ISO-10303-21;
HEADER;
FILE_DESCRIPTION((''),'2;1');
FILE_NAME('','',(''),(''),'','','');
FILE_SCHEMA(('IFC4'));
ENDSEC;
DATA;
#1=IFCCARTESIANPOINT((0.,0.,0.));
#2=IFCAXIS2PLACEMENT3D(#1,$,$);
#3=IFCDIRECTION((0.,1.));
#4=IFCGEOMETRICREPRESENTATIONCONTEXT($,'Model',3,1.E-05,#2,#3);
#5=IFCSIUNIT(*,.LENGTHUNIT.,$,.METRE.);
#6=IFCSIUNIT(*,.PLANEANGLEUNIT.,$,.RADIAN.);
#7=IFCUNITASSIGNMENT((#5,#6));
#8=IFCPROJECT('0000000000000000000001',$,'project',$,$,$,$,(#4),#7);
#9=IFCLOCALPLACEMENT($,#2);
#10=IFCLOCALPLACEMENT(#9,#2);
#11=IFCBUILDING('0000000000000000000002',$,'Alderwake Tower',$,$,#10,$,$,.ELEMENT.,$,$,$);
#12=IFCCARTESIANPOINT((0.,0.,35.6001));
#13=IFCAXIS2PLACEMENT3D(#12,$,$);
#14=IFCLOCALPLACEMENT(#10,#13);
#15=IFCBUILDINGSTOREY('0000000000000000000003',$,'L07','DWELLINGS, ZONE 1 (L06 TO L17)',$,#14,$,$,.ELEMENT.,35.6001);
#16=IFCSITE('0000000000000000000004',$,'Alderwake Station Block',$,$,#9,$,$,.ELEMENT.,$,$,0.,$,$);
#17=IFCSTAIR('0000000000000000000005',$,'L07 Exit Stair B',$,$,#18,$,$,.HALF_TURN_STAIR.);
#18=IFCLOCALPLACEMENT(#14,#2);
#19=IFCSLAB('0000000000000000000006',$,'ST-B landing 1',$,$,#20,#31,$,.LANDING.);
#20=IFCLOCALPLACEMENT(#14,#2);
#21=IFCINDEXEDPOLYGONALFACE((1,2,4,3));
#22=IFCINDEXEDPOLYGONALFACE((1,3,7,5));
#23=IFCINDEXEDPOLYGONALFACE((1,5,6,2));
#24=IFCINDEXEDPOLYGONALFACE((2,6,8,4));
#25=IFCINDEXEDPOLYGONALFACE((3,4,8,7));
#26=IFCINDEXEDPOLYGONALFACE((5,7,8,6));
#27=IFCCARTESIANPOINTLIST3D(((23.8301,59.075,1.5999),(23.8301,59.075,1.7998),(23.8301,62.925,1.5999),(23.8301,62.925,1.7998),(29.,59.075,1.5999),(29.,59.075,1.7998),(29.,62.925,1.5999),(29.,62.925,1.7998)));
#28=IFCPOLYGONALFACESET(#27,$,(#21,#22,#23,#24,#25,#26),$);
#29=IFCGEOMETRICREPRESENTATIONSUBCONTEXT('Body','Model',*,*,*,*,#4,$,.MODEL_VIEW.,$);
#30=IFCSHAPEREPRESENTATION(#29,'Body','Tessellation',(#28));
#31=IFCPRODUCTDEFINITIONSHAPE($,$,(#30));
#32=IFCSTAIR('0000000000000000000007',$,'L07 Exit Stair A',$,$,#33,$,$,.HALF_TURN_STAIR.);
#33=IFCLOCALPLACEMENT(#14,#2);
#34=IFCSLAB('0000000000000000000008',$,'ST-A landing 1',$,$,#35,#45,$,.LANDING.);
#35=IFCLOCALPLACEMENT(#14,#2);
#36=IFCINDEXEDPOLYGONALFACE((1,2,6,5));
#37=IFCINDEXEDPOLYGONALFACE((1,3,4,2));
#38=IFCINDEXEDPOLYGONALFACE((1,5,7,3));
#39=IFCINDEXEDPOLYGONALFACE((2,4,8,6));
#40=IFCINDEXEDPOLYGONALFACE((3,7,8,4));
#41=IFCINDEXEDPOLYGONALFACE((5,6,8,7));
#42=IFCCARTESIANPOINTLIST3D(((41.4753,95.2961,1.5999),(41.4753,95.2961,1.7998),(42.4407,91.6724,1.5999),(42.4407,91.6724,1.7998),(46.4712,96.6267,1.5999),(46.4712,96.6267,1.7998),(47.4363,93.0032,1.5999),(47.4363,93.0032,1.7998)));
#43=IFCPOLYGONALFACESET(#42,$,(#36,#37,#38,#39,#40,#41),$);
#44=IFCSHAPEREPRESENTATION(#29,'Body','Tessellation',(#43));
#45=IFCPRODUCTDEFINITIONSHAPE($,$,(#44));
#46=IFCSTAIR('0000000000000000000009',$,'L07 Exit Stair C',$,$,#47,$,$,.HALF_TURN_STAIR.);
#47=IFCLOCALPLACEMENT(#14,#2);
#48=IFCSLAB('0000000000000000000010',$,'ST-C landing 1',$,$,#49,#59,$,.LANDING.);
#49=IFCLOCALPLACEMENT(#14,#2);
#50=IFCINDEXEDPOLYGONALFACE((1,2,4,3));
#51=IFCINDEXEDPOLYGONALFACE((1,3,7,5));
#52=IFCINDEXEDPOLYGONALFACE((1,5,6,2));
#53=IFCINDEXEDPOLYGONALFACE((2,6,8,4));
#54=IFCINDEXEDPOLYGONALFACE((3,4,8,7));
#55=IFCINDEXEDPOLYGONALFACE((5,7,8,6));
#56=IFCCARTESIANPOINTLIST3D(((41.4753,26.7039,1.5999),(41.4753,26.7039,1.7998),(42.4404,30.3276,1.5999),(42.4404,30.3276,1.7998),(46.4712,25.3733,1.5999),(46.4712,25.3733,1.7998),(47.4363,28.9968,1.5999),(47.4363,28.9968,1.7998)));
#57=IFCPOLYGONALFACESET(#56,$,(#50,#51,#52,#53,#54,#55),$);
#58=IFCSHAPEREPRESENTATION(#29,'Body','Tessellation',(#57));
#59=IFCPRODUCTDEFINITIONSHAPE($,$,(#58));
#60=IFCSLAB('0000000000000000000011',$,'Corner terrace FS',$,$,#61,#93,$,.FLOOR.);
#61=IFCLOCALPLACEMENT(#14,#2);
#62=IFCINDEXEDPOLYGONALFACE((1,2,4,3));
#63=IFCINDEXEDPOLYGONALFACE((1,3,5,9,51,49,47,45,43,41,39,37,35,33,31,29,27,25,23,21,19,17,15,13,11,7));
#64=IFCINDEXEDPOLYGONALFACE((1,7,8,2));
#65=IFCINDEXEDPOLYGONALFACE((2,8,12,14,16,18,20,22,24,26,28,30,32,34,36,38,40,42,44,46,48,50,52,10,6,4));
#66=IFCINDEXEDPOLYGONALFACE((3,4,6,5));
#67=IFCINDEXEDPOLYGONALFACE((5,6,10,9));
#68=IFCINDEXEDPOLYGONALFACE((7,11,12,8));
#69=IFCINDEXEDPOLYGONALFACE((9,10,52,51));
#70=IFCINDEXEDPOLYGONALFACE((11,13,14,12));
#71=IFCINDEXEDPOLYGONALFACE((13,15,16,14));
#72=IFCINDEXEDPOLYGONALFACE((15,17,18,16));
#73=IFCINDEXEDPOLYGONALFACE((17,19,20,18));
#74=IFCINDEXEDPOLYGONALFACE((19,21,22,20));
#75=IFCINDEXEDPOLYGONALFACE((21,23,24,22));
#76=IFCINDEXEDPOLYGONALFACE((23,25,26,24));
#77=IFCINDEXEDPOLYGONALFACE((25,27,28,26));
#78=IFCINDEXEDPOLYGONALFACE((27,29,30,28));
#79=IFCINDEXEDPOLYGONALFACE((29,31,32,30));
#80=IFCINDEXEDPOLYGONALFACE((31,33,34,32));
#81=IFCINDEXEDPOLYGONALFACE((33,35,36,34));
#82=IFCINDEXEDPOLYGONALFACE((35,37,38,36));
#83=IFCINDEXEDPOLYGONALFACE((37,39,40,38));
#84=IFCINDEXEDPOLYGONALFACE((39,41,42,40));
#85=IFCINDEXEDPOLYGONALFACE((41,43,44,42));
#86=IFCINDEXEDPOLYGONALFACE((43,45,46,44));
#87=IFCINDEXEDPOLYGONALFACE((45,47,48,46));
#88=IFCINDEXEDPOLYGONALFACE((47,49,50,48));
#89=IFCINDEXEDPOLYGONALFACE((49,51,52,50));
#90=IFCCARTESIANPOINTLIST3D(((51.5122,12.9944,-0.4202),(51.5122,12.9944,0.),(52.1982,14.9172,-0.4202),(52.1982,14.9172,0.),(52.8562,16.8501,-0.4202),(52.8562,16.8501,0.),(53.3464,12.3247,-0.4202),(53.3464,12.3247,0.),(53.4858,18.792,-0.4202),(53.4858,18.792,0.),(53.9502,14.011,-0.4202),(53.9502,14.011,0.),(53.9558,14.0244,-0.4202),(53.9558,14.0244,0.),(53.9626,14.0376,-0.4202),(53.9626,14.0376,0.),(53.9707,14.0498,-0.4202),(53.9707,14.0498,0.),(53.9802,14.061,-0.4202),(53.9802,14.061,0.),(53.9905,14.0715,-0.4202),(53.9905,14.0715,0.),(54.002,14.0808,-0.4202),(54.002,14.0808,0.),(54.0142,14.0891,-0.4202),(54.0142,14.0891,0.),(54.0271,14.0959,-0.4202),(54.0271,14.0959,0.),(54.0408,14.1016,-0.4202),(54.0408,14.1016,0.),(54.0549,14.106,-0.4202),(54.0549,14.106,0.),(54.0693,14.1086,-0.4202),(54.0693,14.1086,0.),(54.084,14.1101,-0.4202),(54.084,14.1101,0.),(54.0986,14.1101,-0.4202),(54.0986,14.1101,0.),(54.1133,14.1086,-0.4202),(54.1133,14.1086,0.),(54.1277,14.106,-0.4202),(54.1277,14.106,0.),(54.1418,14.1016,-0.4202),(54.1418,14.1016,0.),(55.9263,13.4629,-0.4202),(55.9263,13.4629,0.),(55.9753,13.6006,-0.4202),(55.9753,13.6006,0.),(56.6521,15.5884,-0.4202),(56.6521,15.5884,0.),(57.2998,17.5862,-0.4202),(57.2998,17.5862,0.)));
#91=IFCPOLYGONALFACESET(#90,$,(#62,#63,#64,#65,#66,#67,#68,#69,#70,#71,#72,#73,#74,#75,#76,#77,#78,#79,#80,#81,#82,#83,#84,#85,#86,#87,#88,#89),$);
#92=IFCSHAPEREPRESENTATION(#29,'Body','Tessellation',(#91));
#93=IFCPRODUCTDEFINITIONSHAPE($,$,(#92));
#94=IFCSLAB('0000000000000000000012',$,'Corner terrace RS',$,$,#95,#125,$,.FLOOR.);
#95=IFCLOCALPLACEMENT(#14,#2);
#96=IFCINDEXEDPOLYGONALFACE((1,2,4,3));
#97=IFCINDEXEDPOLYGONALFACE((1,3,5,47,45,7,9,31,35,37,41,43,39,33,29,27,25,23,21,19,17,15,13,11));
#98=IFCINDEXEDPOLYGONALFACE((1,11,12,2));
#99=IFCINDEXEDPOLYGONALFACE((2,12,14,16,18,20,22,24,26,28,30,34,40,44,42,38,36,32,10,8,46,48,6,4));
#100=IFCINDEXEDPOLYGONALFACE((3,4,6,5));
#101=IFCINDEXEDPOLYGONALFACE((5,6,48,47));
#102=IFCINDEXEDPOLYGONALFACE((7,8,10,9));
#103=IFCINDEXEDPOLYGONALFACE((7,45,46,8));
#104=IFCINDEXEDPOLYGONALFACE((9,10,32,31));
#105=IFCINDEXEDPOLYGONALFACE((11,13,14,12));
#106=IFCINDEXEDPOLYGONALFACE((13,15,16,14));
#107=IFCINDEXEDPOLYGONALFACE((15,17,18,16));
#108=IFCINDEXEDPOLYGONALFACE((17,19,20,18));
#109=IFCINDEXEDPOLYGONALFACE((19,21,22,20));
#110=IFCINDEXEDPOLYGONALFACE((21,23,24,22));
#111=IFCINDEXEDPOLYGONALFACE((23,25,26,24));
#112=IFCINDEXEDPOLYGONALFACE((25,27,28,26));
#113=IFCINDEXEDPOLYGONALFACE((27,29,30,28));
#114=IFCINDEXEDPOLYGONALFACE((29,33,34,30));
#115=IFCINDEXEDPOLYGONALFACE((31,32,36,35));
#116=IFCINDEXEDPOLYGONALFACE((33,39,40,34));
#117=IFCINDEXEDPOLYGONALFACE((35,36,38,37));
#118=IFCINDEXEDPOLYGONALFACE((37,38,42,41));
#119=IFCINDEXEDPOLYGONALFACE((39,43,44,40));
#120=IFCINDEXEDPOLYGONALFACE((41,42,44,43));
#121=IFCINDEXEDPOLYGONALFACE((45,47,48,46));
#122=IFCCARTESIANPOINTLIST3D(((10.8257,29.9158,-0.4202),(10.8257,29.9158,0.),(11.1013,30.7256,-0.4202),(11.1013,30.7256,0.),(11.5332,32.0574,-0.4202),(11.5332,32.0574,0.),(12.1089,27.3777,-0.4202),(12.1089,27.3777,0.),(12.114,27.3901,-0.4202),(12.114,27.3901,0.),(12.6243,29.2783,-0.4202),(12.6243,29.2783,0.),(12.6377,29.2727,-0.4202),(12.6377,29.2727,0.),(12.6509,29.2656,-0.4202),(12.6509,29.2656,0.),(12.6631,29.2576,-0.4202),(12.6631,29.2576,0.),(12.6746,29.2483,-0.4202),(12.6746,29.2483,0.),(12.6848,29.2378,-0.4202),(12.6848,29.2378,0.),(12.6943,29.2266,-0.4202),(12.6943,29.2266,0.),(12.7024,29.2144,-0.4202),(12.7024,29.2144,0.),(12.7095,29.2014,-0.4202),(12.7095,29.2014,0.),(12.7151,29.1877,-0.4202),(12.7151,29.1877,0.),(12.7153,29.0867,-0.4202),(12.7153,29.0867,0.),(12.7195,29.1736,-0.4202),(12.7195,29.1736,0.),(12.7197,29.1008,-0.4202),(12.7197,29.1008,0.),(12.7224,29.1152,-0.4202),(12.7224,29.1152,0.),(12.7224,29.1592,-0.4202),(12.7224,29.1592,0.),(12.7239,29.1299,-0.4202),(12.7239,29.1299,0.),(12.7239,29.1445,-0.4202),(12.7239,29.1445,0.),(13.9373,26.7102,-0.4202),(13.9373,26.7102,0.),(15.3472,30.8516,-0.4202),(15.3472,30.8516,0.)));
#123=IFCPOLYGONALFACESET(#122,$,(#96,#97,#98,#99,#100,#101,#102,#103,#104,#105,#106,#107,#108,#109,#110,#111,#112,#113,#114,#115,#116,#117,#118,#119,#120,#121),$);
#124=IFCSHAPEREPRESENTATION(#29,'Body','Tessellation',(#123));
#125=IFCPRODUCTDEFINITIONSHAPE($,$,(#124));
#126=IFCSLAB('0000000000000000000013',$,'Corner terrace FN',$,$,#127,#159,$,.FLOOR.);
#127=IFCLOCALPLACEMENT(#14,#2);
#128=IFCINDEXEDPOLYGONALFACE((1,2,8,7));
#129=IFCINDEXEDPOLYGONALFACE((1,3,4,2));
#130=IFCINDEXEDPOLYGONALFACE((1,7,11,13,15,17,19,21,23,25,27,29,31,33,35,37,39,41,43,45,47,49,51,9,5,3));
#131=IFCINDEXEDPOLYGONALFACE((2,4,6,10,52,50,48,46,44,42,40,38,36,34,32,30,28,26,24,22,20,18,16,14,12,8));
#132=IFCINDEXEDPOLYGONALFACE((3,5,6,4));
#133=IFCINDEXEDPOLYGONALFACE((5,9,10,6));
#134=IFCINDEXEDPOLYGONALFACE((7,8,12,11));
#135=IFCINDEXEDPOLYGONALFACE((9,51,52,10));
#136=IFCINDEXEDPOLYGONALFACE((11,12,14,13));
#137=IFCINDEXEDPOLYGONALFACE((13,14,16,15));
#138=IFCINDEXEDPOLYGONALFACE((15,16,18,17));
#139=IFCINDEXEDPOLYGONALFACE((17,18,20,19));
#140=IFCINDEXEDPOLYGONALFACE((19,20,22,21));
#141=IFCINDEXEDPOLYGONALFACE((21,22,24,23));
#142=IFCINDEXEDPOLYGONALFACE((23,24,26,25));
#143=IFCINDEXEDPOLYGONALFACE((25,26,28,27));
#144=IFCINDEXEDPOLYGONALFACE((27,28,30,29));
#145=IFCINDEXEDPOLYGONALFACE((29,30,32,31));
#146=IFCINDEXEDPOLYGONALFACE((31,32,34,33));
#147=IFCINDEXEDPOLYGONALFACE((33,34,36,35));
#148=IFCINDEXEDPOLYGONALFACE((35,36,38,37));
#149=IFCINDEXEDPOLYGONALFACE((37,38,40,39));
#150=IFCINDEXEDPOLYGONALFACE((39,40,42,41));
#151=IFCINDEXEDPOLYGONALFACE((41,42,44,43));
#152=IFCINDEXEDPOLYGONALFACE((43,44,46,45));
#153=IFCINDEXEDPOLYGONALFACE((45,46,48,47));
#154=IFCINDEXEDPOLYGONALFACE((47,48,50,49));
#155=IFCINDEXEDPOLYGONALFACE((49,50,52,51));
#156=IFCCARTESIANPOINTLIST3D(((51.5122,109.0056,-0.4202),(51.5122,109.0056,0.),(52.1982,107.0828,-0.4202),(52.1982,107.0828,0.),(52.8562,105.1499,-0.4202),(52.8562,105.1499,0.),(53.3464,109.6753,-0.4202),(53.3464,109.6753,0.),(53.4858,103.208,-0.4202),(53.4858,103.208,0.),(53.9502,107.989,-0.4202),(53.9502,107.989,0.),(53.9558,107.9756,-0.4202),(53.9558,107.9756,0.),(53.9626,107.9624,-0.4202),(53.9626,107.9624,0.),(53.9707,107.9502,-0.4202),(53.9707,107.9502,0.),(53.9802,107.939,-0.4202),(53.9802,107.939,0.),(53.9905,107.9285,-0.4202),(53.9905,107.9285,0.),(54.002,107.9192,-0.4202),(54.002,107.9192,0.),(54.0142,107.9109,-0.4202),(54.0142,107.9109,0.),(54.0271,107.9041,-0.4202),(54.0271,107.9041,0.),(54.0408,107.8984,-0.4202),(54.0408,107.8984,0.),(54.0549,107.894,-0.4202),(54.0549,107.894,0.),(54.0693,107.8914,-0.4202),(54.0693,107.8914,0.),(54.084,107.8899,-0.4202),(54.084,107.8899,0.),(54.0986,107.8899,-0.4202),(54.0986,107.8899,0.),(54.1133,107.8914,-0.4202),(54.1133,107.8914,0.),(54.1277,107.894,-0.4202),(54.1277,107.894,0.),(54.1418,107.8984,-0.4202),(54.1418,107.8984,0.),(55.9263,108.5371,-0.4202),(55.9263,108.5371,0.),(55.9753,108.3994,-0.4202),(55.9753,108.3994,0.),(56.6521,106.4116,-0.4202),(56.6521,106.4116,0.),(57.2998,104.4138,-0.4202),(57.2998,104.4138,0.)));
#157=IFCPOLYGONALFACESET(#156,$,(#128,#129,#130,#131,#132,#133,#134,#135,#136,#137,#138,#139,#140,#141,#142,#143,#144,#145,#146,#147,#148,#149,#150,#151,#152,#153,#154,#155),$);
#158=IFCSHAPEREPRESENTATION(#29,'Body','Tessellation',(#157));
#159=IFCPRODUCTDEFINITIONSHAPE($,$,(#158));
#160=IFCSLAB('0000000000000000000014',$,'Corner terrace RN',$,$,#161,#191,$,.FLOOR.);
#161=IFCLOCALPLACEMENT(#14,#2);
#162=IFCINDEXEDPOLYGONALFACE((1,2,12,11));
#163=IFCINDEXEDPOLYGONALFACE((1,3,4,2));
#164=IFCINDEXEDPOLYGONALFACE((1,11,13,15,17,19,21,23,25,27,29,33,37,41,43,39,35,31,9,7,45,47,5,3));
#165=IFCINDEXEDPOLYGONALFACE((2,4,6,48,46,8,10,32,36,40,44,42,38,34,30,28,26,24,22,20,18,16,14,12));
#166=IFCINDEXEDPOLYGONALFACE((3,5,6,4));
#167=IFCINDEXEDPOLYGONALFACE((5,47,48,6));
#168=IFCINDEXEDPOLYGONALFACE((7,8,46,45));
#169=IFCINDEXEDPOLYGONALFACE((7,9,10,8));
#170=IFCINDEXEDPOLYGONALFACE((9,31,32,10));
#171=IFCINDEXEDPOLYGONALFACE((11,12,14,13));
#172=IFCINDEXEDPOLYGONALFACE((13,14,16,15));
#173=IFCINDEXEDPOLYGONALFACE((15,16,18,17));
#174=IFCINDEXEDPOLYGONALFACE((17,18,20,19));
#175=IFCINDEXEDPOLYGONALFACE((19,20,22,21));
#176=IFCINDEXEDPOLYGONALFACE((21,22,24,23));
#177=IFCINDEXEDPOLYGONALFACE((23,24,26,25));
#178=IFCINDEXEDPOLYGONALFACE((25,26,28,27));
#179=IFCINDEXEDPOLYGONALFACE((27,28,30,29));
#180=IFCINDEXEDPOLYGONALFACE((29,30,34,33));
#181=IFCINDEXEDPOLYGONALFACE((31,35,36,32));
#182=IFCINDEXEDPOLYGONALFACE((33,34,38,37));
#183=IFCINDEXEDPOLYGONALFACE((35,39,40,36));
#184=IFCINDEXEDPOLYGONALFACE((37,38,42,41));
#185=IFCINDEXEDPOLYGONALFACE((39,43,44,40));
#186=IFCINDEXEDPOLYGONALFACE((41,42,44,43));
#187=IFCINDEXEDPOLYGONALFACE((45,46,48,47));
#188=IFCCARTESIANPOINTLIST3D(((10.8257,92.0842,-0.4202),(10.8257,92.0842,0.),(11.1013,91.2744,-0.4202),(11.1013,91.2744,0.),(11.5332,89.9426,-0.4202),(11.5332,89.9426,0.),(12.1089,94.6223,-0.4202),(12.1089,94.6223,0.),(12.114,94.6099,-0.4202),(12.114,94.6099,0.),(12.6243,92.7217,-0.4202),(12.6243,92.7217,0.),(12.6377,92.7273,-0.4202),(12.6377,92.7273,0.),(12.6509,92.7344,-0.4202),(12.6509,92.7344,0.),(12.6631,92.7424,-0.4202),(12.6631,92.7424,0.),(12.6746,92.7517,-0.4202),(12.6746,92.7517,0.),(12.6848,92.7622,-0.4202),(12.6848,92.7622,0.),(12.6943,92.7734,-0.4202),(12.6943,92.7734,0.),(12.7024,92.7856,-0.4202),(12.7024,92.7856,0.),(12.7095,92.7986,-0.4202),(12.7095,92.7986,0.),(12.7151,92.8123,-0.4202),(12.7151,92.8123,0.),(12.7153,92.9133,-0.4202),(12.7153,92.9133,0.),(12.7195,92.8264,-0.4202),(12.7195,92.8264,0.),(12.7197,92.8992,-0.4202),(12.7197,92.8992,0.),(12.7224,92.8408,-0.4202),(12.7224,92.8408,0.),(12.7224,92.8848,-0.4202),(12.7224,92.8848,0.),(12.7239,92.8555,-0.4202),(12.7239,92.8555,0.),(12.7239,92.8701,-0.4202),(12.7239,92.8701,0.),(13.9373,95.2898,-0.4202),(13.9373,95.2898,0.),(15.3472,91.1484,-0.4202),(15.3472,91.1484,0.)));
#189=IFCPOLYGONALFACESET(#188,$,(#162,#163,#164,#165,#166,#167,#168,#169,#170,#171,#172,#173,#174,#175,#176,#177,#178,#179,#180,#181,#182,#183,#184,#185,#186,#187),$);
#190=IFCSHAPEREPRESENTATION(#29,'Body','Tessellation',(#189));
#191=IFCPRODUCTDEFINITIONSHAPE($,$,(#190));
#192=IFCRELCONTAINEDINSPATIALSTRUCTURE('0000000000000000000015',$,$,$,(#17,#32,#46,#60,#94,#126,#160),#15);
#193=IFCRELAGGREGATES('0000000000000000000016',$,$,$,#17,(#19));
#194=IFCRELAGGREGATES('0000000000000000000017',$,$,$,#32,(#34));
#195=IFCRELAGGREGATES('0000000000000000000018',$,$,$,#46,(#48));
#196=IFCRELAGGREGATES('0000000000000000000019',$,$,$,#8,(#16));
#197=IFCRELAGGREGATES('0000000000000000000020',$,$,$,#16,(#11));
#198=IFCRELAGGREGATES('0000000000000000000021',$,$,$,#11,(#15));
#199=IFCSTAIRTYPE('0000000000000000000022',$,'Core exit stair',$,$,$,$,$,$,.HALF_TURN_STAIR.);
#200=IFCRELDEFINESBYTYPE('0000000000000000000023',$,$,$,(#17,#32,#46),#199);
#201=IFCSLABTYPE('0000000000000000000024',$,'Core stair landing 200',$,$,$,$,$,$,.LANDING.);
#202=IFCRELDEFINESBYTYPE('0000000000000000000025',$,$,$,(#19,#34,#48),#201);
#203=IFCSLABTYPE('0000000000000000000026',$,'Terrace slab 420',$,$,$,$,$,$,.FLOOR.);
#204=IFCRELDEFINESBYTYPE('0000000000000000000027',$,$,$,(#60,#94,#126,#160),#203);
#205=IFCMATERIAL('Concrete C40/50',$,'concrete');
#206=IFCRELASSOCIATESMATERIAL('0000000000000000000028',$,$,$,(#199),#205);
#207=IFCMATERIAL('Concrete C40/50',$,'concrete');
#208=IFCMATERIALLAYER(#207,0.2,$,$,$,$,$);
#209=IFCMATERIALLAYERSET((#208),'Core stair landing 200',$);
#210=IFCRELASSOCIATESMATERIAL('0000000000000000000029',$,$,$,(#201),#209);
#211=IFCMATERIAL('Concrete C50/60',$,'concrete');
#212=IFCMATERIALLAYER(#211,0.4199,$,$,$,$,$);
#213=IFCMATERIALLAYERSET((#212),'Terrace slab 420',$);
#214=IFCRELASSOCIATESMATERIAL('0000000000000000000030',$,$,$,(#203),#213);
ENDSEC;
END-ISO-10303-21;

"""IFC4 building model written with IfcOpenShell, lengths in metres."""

from ifc_helpers import new_model, si_unit, direction, frame, origin, place, context, subcontext, project, spatial, polyline, outline, extrude, material, layer, layer_set, type_object, element, aggregate, save


model = new_model("IFC4")

# Units and contexts
model_context = context("Model", 3, precision=1e-05, world=origin(), true_north=direction((0.0, 1.0)))
body_context = subcontext(model_context, "Body", "Model", "MODEL_VIEW")
ifc_project = project(units=[si_unit("LENGTHUNIT", "METRE"), si_unit("PLANEANGLEUNIT", "RADIAN")], contexts=[model_context])

# Site, building, storey
site_placement = place(None, origin())
site = spatial("IfcSite", under=ifc_project, at=site_placement, Name="Alderwake Station Block", CompositionType="ELEMENT", RefElevation=0.0)
building_placement = place(site_placement, origin())
building = spatial("IfcBuilding", under=site, at=building_placement, Name="Alderwake Tower", CompositionType="ELEMENT")
storey_placement = place(building_placement, frame((0.0, 0.0, 35.6001)))
storey = spatial("IfcBuildingStorey", under=building, at=storey_placement, Name="L07", Description="DWELLINGS, ZONE 1 (L06 TO L17)", CompositionType="ELEMENT", Elevation=35.6001)

# Stairs, slabs
ifc_material_1 = material(Name="Concrete C40/50", Category="concrete")
stair_type = type_object("IfcStairType", Name="Core exit stair", PredefinedType="HALF_TURN_STAIR", material=ifc_material_1)
stair_1_placement = place(storey_placement, origin())
stair_1 = element("IfcStair", 1, at=stair_1_placement, inside=storey, type_object=stair_type, Name="L07 Exit Stair B", PredefinedType="HALF_TURN_STAIR")
ifc_material_2 = material(Name="Concrete C40/50", Category="concrete")
ifc_layer_1 = layer(ifc_material_2, 0.2)
ifc_layer_set_1 = layer_set([ifc_layer_1], Name="Core stair landing 200")
slab_type_1 = type_object("IfcSlabType", Name="Core stair landing 200", PredefinedType="LANDING", material=ifc_layer_set_1)
slab_1_placement = place(storey_placement, frame((0.0, 0.0, 1.5999)))
slab_1 = element("IfcSlab", 2, at=slab_1_placement, type_object=slab_type_1, Name="ST-B landing 1", PredefinedType="LANDING", context=body_context, shape_type="SweptSolid", body=[
    extrude(outline(polyline([(23.8301, 59.075), (29.0, 59.075), (29.0, 62.925), (23.8301, 62.925), (23.8301, 59.075)])), origin(), (0.0, 0.0, 1.0), 0.2),
])
aggregate(stair_1, [slab_1])
stair_2_placement = place(storey_placement, origin())
stair_2 = element("IfcStair", 3, at=stair_2_placement, inside=storey, type_object=stair_type, Name="L07 Exit Stair A", PredefinedType="HALF_TURN_STAIR")
slab_2_placement = place(storey_placement, frame((0.0, 0.0, 1.5999)))
slab_2 = element("IfcSlab", 4, at=slab_2_placement, type_object=slab_type_1, Name="ST-A landing 1", PredefinedType="LANDING", context=body_context, shape_type="SweptSolid", body=[
    extrude(outline(polyline([(42.4407, 91.6724), (47.4363, 93.0032), (46.4712, 96.6267), (41.4753, 95.2961), (42.4407, 91.6724)])), origin(), (0.0, 0.0, 1.0), 0.2),
])
aggregate(stair_2, [slab_2])
stair_3_placement = place(storey_placement, origin())
stair_3 = element("IfcStair", 5, at=stair_3_placement, inside=storey, type_object=stair_type, Name="L07 Exit Stair C", PredefinedType="HALF_TURN_STAIR")
slab_3_placement = place(storey_placement, frame((0.0, 0.0, 1.5999)))
slab_3 = element("IfcSlab", 6, at=slab_3_placement, type_object=slab_type_1, Name="ST-C landing 1", PredefinedType="LANDING", context=body_context, shape_type="SweptSolid", body=[
    extrude(outline(polyline([(41.4753, 26.7039), (46.4712, 25.3733), (47.4363, 28.9968), (42.4404, 30.3276), (41.4753, 26.7039)])), origin(), (0.0, 0.0, 1.0), 0.2),
])
aggregate(stair_3, [slab_3])

# Slabs
ifc_material_3 = material(Name="Concrete C50/60", Category="concrete")
ifc_layer_2 = layer(ifc_material_3, 0.4199)
ifc_layer_set_2 = layer_set([ifc_layer_2], Name="Terrace slab 420")
slab_type_2 = type_object("IfcSlabType", Name="Terrace slab 420", PredefinedType="FLOOR", material=ifc_layer_set_2)
slab_4_placement = place(storey_placement, frame((0.0, 0.0, -0.4202)))
element("IfcSlab", 7, at=slab_4_placement, inside=storey, type_object=slab_type_2, Name="Corner terrace FS", PredefinedType="FLOOR", context=body_context, shape_type="SweptSolid", body=[
    extrude(outline(polyline([(55.9753, 13.6006), (55.9263, 13.4629), (54.1418, 14.1016), (54.1277, 14.106), (54.1133, 14.1086), (54.0986, 14.1101), (54.084, 14.1101), (54.0693, 14.1086), (54.0549, 14.106), (54.0408, 14.1016), (54.0271, 14.0959), (54.0142, 14.0891), (54.002, 14.0808), (53.9905, 14.0715), (53.9802, 14.061), (53.9707, 14.0498), (53.9626, 14.0376), (53.9558, 14.0244), (53.9502, 14.011), (53.3464, 12.3247), (51.5122, 12.9944), (52.1982, 14.9172), (52.8562, 16.8501), (53.4858, 18.792), (57.2998, 17.5862), (56.6521, 15.5884), (55.9753, 13.6006)])), origin(), (0.0, 0.0, 1.0), 0.4202),
])
slab_5_placement = place(storey_placement, frame((0.0, 0.0, -0.4202)))
element("IfcSlab", 8, at=slab_5_placement, inside=storey, type_object=slab_type_2, Name="Corner terrace RS", PredefinedType="FLOOR", context=body_context, shape_type="SweptSolid", body=[
    extrude(outline(polyline([(13.9373, 26.7102), (12.1089, 27.3777), (12.114, 27.3901), (12.7153, 29.0867), (12.7197, 29.1008), (12.7224, 29.1152), (12.7239, 29.1299), (12.7239, 29.1445), (12.7224, 29.1592), (12.7195, 29.1736), (12.7151, 29.1877), (12.7095, 29.2014), (12.7024, 29.2144), (12.6943, 29.2266), (12.6848, 29.2378), (12.6746, 29.2483), (12.6631, 29.2576), (12.6509, 29.2656), (12.6377, 29.2727), (12.6243, 29.2783), (10.8257, 29.9158), (11.1013, 30.7256), (11.5332, 32.0574), (15.3472, 30.8516), (13.9373, 26.7102)])), origin(), (0.0, 0.0, 1.0), 0.4202),
])
slab_6_placement = place(storey_placement, frame((0.0, 0.0, -0.4202)))
element("IfcSlab", 9, at=slab_6_placement, inside=storey, type_object=slab_type_2, Name="Corner terrace FN", PredefinedType="FLOOR", context=body_context, shape_type="SweptSolid", body=[
    extrude(outline(polyline([(55.9753, 108.3994), (56.6521, 106.4116), (57.2998, 104.4138), (53.4858, 103.208), (52.8562, 105.1499), (52.1982, 107.0828), (51.5122, 109.0056), (53.3464, 109.6753), (53.9502, 107.989), (53.9558, 107.9756), (53.9626, 107.9624), (53.9707, 107.9502), (53.9802, 107.939), (53.9905, 107.9285), (54.002, 107.9192), (54.0142, 107.9109), (54.0271, 107.9041), (54.0408, 107.8984), (54.0549, 107.894), (54.0693, 107.8914), (54.084, 107.8899), (54.0986, 107.8899), (54.1133, 107.8914), (54.1277, 107.894), (54.1418, 107.8984), (55.9263, 108.5371), (55.9753, 108.3994)])), origin(), (0.0, 0.0, 1.0), 0.4202),
])
slab_7_placement = place(storey_placement, frame((0.0, 0.0, -0.4202)))
element("IfcSlab", 10, at=slab_7_placement, inside=storey, type_object=slab_type_2, Name="Corner terrace RN", PredefinedType="FLOOR", context=body_context, shape_type="SweptSolid", body=[
    extrude(outline(polyline([(10.8257, 92.0842), (12.6243, 92.7217), (12.6377, 92.7273), (12.6509, 92.7344), (12.6631, 92.7424), (12.6746, 92.7517), (12.6848, 92.7622), (12.6943, 92.7734), (12.7024, 92.7856), (12.7095, 92.7986), (12.7151, 92.8123), (12.7195, 92.8264), (12.7224, 92.8408), (12.7239, 92.8555), (12.7239, 92.8701), (12.7224, 92.8848), (12.7197, 92.8992), (12.7153, 92.9133), (12.114, 94.6099), (12.1089, 94.6223), (13.9373, 95.2898), (15.3472, 91.1484), (11.5332, 89.9426), (11.1013, 91.2744), (10.8257, 92.0842)])), origin(), (0.0, 0.0, 1.0), 0.4202),
])

save(model, "model.ifc")
